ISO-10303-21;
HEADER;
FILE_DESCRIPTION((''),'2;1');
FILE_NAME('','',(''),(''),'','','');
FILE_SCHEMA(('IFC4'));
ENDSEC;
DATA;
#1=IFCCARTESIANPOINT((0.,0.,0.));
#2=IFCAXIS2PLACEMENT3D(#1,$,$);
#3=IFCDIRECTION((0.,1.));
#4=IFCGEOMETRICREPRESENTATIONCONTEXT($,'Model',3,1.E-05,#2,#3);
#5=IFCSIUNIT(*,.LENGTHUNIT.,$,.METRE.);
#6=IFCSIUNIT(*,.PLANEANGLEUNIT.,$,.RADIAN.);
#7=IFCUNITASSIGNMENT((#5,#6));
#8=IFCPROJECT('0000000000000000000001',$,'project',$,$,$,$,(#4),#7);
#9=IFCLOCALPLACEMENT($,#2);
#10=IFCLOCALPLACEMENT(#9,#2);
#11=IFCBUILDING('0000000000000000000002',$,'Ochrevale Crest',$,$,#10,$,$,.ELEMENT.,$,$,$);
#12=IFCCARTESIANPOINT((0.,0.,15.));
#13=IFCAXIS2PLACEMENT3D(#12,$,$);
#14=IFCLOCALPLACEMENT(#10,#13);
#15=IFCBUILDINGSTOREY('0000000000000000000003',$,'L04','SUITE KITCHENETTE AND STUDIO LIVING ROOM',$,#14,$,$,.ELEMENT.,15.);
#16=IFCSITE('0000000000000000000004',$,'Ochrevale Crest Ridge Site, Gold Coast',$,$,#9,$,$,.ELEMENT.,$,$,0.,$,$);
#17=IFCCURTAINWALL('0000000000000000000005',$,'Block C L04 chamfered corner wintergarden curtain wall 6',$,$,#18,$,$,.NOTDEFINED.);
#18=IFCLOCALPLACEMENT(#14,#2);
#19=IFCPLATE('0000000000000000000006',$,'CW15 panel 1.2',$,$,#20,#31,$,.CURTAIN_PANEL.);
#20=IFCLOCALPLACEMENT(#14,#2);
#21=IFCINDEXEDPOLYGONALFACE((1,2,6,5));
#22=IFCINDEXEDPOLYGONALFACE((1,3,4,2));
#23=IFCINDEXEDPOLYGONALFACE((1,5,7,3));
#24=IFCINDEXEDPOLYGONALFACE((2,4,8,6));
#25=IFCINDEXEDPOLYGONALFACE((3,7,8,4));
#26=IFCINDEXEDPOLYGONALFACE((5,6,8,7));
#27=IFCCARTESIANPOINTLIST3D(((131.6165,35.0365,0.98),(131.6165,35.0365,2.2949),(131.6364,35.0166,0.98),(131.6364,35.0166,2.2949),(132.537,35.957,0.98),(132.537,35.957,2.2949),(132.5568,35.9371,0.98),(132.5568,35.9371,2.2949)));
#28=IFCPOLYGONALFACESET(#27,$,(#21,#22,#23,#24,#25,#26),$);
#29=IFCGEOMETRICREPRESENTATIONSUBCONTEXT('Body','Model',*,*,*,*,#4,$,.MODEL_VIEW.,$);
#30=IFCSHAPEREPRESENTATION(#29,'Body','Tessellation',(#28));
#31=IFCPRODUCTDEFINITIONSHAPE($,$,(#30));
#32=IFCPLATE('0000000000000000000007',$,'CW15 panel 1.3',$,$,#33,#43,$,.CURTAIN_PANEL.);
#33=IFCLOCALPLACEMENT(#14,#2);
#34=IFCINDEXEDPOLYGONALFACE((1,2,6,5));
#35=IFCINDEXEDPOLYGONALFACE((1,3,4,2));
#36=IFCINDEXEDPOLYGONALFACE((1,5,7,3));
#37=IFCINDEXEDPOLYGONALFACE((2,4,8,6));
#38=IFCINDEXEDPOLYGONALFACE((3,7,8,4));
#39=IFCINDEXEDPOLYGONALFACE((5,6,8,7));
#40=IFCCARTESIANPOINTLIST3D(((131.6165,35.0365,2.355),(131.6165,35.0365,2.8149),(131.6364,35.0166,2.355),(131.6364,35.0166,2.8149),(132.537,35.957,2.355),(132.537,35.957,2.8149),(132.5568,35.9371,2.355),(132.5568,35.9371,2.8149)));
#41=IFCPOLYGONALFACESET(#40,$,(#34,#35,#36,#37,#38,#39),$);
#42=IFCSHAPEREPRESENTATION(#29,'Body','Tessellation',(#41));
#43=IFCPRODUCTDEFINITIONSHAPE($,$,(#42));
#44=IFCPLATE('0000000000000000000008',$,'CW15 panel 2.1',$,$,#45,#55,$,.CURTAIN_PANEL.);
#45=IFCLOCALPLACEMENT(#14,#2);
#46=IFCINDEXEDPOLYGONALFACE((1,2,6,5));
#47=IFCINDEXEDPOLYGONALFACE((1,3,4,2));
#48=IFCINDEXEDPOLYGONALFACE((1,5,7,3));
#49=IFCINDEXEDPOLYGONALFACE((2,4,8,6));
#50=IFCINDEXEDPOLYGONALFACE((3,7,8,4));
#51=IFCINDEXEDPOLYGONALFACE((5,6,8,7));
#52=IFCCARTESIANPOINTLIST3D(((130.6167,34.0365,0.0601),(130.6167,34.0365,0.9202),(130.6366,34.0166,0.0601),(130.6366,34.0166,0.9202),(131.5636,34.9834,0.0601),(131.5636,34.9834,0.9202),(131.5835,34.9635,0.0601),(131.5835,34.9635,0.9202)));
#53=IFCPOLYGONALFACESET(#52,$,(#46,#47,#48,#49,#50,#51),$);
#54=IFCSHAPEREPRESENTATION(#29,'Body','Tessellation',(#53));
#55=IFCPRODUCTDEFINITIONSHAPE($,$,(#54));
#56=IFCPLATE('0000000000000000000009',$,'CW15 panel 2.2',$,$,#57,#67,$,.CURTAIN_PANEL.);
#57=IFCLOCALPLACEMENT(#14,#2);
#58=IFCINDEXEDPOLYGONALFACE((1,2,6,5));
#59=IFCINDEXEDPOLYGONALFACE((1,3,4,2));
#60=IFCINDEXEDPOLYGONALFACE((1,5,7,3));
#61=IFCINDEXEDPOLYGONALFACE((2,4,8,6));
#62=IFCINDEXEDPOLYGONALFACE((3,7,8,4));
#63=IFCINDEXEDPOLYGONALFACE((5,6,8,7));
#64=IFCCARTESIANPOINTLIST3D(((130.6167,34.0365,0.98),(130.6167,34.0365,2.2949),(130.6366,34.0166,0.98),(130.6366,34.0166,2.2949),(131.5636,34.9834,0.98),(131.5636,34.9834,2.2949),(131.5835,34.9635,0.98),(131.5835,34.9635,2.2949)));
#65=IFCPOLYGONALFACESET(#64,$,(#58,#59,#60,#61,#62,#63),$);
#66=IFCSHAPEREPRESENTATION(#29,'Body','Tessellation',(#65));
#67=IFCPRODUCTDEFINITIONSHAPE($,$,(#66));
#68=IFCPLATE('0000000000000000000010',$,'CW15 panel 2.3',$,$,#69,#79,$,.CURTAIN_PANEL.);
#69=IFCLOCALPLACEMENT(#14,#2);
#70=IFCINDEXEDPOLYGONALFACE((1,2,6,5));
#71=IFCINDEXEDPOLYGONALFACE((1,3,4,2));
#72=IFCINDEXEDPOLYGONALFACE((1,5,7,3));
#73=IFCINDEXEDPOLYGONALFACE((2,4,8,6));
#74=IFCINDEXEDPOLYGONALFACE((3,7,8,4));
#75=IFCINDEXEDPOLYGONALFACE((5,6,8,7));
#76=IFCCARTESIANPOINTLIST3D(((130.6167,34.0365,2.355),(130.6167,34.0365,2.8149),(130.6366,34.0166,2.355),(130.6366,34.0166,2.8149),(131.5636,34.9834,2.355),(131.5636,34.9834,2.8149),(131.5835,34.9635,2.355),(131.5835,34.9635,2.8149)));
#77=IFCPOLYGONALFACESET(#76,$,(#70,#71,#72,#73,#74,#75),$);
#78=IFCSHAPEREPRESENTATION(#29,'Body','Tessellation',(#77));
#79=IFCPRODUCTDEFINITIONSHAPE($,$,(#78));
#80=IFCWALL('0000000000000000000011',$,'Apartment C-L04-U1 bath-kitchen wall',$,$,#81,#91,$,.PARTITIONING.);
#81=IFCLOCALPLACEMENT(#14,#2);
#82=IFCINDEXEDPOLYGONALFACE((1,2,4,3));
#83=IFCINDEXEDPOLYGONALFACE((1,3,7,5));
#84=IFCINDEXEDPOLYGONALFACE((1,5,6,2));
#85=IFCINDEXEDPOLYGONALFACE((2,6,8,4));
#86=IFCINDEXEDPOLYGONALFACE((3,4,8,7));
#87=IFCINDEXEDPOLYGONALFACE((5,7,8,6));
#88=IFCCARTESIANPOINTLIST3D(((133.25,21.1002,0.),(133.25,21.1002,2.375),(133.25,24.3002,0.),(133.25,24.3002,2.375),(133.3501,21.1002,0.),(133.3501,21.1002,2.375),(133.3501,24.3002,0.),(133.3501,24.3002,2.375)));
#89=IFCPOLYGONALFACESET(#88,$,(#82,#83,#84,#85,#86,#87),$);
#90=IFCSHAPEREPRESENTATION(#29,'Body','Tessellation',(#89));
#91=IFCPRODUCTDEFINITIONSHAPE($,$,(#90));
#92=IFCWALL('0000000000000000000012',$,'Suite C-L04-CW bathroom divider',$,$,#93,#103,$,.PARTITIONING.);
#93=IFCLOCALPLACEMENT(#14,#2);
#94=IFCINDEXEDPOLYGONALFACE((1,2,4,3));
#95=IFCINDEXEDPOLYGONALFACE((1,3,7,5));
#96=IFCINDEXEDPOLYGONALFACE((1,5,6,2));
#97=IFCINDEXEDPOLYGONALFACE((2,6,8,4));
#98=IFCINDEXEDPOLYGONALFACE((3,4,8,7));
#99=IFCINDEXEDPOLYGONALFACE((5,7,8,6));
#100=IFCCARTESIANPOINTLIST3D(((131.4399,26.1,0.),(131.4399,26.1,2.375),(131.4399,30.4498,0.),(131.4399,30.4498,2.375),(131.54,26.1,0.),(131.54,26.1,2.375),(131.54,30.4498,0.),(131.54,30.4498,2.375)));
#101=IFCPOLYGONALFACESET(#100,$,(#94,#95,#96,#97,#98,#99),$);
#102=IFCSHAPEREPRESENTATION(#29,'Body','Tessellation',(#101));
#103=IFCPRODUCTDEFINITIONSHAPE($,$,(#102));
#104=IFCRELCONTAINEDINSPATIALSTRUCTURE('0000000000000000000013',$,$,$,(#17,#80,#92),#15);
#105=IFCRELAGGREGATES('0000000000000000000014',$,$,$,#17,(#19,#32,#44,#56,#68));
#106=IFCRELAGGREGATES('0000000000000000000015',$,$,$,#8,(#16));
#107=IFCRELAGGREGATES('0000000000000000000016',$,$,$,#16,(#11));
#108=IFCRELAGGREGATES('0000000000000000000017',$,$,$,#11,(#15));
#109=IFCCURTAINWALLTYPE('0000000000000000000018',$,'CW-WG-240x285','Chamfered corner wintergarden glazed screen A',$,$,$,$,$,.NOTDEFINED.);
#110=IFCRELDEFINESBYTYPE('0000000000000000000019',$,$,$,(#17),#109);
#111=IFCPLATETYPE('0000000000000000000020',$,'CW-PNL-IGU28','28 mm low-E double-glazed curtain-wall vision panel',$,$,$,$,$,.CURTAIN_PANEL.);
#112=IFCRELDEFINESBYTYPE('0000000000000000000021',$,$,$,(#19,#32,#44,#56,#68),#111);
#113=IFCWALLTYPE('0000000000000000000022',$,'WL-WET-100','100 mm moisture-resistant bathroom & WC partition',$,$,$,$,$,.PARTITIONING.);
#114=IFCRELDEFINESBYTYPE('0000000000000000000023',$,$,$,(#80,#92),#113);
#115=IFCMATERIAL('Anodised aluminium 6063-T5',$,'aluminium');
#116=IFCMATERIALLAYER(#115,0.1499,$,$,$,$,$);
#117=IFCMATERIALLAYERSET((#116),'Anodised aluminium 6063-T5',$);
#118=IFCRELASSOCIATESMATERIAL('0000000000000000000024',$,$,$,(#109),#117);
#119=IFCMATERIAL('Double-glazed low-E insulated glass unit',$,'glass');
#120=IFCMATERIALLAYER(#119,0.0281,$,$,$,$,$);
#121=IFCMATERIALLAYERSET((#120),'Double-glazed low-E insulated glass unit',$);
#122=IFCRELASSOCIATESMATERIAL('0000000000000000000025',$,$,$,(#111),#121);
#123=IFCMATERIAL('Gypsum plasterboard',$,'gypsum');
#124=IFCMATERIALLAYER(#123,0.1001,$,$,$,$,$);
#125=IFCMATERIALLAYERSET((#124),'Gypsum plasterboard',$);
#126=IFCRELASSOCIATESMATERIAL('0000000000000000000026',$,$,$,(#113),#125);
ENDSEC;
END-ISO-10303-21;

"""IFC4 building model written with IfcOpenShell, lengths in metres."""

from ifc_helpers import new_model, si_unit, direction, frame, frame_2d, origin, origin_2d, place, context, subcontext, project, spatial, rectangle, extrude, material, layer, layer_set, type_object, element, aggregate, save


model = new_model("IFC4")

# Units and contexts
model_context = context("Model", 3, precision=1e-05, world=origin(), true_north=direction((0.0, 1.0)))
body_context = subcontext(model_context, "Body", "Model", "MODEL_VIEW")
ifc_project = project(units=[si_unit("LENGTHUNIT", "METRE"), si_unit("PLANEANGLEUNIT", "RADIAN")], contexts=[model_context])

# Site, building, storey
site_placement = place(None, origin())
site = spatial("IfcSite", under=ifc_project, at=site_placement, Name="Ochrevale Crest Ridge Site, Gold Coast", CompositionType="ELEMENT", RefElevation=0.0)
building_placement = place(site_placement, origin())
building = spatial("IfcBuilding", under=site, at=building_placement, Name="Ochrevale Crest", CompositionType="ELEMENT")
storey_placement = place(building_placement, frame((0.0, 0.0, 15.0)))
storey = spatial("IfcBuildingStorey", under=building, at=storey_placement, Name="L04", Description="SUITE KITCHENETTE AND STUDIO LIVING ROOM", CompositionType="ELEMENT", Elevation=15.0)

# Curtain wall
ifc_material_1 = material(Name="Anodised aluminium 6063-T5", Category="aluminium")
ifc_layer_1 = layer(ifc_material_1, 0.1499)
ifc_layer_set_1 = layer_set([ifc_layer_1], Name="Anodised aluminium 6063-T5")
curtain_wall_type_1 = type_object("IfcCurtainWallType", Name="CW-WG-240x285", Description="Chamfered corner wintergarden glazed screen A", PredefinedType="NOTDEFINED", material=ifc_layer_set_1)
curtain_wall_1_placement = place(storey_placement, origin())
curtain_wall_1 = element("IfcCurtainWall", 1, at=curtain_wall_1_placement, inside=storey, type_object=curtain_wall_type_1, Name="Block C L04 chamfered corner wintergarden curtain wall 6", PredefinedType="NOTDEFINED")

# Plates
ifc_material_2 = material(Name="Double-glazed low-E insulated glass unit", Category="glass")
ifc_layer_2 = layer(ifc_material_2, 0.0281)
ifc_layer_set_2 = layer_set([ifc_layer_2], Name="Double-glazed low-E insulated glass unit")
plate_type = type_object("IfcPlateType", Name="CW-PNL-IGU28", Description="28 mm low-E double-glazed curtain-wall vision panel", PredefinedType="CURTAIN_PANEL", material=ifc_layer_set_2)
plate_1_placement = place(storey_placement, frame((132.0867, 35.4868, 0.98), z_axis=(0.0, 0.0, 1.0), x_axis=(-0.707107, -0.707107, 0.0)))
plate_1 = element("IfcPlate", 2, at=plate_1_placement, type_object=plate_type, Name="CW15 panel 1.2", PredefinedType="CURTAIN_PANEL", context=body_context, shape_type="SweptSolid", body=[
    extrude(rectangle(XDim=1.3018, YDim=0.0281, at=origin_2d()), origin(), (0.0, 0.0, 1.0), 1.3149),
])
plate_2_placement = place(storey_placement, frame((132.0867, 35.4868, 2.355), z_axis=(0.0, 0.0, 1.0), x_axis=(-0.707107, -0.707107, 0.0)))
plate_2 = element("IfcPlate", 3, at=plate_2_placement, type_object=plate_type, Name="CW15 panel 1.3", PredefinedType="CURTAIN_PANEL", context=body_context, shape_type="SweptSolid", body=[
    extrude(rectangle(XDim=1.3018, YDim=0.0281, at=origin_2d()), origin(), (0.0, 0.0, 1.0), 0.46),
])
plate_3_placement = place(storey_placement, frame((131.1001, 34.5, 0.0601), z_axis=(0.0, 0.0, 1.0), x_axis=(-0.707107, -0.707107, 0.0)))
plate_3 = element("IfcPlate", 4, at=plate_3_placement, type_object=plate_type, Name="CW15 panel 2.1", PredefinedType="CURTAIN_PANEL", context=body_context, shape_type="SweptSolid", body=[
    extrude(rectangle(XDim=1.3391, YDim=0.0281, at=origin_2d()), origin(), (0.0, 0.0, 1.0), 0.8601),
])
plate_4_placement = place(storey_placement, frame((131.1001, 34.5, 0.98), z_axis=(0.0, 0.0, 1.0), x_axis=(-0.707107, -0.707107, 0.0)))
plate_4 = element("IfcPlate", 5, at=plate_4_placement, type_object=plate_type, Name="CW15 panel 2.2", PredefinedType="CURTAIN_PANEL", context=body_context, shape_type="SweptSolid", body=[
    extrude(rectangle(XDim=1.3391, YDim=0.0281, at=origin_2d()), origin(), (0.0, 0.0, 1.0), 1.3149),
])
plate_5_placement = place(storey_placement, frame((131.1001, 34.5, 2.355), z_axis=(0.0, 0.0, 1.0), x_axis=(-0.707107, -0.707107, 0.0)))
plate_5 = element("IfcPlate", 6, at=plate_5_placement, type_object=plate_type, Name="CW15 panel 2.3", PredefinedType="CURTAIN_PANEL", context=body_context, shape_type="SweptSolid", body=[
    extrude(rectangle(XDim=1.3391, YDim=0.0281, at=origin_2d()), origin(), (0.0, 0.0, 1.0), 0.46),
])
aggregate(curtain_wall_1, [plate_1, plate_2, plate_3, plate_4, plate_5])

# Walls
ifc_material_3 = material(Name="Gypsum plasterboard", Category="gypsum")
ifc_layer_3 = layer(ifc_material_3, 0.1001)
ifc_layer_set_3 = layer_set([ifc_layer_3], Name="Gypsum plasterboard")
wall_type = type_object("IfcWallType", Name="WL-WET-100", Description="100 mm moisture-resistant bathroom & WC partition", PredefinedType="PARTITIONING", material=ifc_layer_set_3)
wall_1_placement = place(storey_placement, frame((133.3, 21.1001, 0.0), z_axis=(0.0, 0.0, 1.0), x_axis=(0.0, 1.0, 0.0)))
element("IfcWall", 7, at=wall_1_placement, inside=storey, type_object=wall_type, Name="Apartment C-L04-U1 bath-kitchen wall", PredefinedType="PARTITIONING", context=body_context, shape_type="SweptSolid", body=[
    extrude(rectangle(XDim=3.2, YDim=0.1001, at=frame_2d((1.6001, 0.0))), origin(), (0.0, 0.0, 1.0), 2.375),
])
wall_2_placement = place(storey_placement, frame((131.49, 26.1001, 0.0), z_axis=(0.0, 0.0, 1.0), x_axis=(0.0, 1.0, 0.0)))
element("IfcWall", 8, at=wall_2_placement, inside=storey, type_object=wall_type, Name="Suite C-L04-CW bathroom divider", PredefinedType="PARTITIONING", context=body_context, shape_type="SweptSolid", body=[
    extrude(rectangle(XDim=4.3499, YDim=0.1001, at=frame_2d((2.1748, 0.0))), origin(), (0.0, 0.0, 1.0), 2.375),
])

save(model, "model.ifc")
